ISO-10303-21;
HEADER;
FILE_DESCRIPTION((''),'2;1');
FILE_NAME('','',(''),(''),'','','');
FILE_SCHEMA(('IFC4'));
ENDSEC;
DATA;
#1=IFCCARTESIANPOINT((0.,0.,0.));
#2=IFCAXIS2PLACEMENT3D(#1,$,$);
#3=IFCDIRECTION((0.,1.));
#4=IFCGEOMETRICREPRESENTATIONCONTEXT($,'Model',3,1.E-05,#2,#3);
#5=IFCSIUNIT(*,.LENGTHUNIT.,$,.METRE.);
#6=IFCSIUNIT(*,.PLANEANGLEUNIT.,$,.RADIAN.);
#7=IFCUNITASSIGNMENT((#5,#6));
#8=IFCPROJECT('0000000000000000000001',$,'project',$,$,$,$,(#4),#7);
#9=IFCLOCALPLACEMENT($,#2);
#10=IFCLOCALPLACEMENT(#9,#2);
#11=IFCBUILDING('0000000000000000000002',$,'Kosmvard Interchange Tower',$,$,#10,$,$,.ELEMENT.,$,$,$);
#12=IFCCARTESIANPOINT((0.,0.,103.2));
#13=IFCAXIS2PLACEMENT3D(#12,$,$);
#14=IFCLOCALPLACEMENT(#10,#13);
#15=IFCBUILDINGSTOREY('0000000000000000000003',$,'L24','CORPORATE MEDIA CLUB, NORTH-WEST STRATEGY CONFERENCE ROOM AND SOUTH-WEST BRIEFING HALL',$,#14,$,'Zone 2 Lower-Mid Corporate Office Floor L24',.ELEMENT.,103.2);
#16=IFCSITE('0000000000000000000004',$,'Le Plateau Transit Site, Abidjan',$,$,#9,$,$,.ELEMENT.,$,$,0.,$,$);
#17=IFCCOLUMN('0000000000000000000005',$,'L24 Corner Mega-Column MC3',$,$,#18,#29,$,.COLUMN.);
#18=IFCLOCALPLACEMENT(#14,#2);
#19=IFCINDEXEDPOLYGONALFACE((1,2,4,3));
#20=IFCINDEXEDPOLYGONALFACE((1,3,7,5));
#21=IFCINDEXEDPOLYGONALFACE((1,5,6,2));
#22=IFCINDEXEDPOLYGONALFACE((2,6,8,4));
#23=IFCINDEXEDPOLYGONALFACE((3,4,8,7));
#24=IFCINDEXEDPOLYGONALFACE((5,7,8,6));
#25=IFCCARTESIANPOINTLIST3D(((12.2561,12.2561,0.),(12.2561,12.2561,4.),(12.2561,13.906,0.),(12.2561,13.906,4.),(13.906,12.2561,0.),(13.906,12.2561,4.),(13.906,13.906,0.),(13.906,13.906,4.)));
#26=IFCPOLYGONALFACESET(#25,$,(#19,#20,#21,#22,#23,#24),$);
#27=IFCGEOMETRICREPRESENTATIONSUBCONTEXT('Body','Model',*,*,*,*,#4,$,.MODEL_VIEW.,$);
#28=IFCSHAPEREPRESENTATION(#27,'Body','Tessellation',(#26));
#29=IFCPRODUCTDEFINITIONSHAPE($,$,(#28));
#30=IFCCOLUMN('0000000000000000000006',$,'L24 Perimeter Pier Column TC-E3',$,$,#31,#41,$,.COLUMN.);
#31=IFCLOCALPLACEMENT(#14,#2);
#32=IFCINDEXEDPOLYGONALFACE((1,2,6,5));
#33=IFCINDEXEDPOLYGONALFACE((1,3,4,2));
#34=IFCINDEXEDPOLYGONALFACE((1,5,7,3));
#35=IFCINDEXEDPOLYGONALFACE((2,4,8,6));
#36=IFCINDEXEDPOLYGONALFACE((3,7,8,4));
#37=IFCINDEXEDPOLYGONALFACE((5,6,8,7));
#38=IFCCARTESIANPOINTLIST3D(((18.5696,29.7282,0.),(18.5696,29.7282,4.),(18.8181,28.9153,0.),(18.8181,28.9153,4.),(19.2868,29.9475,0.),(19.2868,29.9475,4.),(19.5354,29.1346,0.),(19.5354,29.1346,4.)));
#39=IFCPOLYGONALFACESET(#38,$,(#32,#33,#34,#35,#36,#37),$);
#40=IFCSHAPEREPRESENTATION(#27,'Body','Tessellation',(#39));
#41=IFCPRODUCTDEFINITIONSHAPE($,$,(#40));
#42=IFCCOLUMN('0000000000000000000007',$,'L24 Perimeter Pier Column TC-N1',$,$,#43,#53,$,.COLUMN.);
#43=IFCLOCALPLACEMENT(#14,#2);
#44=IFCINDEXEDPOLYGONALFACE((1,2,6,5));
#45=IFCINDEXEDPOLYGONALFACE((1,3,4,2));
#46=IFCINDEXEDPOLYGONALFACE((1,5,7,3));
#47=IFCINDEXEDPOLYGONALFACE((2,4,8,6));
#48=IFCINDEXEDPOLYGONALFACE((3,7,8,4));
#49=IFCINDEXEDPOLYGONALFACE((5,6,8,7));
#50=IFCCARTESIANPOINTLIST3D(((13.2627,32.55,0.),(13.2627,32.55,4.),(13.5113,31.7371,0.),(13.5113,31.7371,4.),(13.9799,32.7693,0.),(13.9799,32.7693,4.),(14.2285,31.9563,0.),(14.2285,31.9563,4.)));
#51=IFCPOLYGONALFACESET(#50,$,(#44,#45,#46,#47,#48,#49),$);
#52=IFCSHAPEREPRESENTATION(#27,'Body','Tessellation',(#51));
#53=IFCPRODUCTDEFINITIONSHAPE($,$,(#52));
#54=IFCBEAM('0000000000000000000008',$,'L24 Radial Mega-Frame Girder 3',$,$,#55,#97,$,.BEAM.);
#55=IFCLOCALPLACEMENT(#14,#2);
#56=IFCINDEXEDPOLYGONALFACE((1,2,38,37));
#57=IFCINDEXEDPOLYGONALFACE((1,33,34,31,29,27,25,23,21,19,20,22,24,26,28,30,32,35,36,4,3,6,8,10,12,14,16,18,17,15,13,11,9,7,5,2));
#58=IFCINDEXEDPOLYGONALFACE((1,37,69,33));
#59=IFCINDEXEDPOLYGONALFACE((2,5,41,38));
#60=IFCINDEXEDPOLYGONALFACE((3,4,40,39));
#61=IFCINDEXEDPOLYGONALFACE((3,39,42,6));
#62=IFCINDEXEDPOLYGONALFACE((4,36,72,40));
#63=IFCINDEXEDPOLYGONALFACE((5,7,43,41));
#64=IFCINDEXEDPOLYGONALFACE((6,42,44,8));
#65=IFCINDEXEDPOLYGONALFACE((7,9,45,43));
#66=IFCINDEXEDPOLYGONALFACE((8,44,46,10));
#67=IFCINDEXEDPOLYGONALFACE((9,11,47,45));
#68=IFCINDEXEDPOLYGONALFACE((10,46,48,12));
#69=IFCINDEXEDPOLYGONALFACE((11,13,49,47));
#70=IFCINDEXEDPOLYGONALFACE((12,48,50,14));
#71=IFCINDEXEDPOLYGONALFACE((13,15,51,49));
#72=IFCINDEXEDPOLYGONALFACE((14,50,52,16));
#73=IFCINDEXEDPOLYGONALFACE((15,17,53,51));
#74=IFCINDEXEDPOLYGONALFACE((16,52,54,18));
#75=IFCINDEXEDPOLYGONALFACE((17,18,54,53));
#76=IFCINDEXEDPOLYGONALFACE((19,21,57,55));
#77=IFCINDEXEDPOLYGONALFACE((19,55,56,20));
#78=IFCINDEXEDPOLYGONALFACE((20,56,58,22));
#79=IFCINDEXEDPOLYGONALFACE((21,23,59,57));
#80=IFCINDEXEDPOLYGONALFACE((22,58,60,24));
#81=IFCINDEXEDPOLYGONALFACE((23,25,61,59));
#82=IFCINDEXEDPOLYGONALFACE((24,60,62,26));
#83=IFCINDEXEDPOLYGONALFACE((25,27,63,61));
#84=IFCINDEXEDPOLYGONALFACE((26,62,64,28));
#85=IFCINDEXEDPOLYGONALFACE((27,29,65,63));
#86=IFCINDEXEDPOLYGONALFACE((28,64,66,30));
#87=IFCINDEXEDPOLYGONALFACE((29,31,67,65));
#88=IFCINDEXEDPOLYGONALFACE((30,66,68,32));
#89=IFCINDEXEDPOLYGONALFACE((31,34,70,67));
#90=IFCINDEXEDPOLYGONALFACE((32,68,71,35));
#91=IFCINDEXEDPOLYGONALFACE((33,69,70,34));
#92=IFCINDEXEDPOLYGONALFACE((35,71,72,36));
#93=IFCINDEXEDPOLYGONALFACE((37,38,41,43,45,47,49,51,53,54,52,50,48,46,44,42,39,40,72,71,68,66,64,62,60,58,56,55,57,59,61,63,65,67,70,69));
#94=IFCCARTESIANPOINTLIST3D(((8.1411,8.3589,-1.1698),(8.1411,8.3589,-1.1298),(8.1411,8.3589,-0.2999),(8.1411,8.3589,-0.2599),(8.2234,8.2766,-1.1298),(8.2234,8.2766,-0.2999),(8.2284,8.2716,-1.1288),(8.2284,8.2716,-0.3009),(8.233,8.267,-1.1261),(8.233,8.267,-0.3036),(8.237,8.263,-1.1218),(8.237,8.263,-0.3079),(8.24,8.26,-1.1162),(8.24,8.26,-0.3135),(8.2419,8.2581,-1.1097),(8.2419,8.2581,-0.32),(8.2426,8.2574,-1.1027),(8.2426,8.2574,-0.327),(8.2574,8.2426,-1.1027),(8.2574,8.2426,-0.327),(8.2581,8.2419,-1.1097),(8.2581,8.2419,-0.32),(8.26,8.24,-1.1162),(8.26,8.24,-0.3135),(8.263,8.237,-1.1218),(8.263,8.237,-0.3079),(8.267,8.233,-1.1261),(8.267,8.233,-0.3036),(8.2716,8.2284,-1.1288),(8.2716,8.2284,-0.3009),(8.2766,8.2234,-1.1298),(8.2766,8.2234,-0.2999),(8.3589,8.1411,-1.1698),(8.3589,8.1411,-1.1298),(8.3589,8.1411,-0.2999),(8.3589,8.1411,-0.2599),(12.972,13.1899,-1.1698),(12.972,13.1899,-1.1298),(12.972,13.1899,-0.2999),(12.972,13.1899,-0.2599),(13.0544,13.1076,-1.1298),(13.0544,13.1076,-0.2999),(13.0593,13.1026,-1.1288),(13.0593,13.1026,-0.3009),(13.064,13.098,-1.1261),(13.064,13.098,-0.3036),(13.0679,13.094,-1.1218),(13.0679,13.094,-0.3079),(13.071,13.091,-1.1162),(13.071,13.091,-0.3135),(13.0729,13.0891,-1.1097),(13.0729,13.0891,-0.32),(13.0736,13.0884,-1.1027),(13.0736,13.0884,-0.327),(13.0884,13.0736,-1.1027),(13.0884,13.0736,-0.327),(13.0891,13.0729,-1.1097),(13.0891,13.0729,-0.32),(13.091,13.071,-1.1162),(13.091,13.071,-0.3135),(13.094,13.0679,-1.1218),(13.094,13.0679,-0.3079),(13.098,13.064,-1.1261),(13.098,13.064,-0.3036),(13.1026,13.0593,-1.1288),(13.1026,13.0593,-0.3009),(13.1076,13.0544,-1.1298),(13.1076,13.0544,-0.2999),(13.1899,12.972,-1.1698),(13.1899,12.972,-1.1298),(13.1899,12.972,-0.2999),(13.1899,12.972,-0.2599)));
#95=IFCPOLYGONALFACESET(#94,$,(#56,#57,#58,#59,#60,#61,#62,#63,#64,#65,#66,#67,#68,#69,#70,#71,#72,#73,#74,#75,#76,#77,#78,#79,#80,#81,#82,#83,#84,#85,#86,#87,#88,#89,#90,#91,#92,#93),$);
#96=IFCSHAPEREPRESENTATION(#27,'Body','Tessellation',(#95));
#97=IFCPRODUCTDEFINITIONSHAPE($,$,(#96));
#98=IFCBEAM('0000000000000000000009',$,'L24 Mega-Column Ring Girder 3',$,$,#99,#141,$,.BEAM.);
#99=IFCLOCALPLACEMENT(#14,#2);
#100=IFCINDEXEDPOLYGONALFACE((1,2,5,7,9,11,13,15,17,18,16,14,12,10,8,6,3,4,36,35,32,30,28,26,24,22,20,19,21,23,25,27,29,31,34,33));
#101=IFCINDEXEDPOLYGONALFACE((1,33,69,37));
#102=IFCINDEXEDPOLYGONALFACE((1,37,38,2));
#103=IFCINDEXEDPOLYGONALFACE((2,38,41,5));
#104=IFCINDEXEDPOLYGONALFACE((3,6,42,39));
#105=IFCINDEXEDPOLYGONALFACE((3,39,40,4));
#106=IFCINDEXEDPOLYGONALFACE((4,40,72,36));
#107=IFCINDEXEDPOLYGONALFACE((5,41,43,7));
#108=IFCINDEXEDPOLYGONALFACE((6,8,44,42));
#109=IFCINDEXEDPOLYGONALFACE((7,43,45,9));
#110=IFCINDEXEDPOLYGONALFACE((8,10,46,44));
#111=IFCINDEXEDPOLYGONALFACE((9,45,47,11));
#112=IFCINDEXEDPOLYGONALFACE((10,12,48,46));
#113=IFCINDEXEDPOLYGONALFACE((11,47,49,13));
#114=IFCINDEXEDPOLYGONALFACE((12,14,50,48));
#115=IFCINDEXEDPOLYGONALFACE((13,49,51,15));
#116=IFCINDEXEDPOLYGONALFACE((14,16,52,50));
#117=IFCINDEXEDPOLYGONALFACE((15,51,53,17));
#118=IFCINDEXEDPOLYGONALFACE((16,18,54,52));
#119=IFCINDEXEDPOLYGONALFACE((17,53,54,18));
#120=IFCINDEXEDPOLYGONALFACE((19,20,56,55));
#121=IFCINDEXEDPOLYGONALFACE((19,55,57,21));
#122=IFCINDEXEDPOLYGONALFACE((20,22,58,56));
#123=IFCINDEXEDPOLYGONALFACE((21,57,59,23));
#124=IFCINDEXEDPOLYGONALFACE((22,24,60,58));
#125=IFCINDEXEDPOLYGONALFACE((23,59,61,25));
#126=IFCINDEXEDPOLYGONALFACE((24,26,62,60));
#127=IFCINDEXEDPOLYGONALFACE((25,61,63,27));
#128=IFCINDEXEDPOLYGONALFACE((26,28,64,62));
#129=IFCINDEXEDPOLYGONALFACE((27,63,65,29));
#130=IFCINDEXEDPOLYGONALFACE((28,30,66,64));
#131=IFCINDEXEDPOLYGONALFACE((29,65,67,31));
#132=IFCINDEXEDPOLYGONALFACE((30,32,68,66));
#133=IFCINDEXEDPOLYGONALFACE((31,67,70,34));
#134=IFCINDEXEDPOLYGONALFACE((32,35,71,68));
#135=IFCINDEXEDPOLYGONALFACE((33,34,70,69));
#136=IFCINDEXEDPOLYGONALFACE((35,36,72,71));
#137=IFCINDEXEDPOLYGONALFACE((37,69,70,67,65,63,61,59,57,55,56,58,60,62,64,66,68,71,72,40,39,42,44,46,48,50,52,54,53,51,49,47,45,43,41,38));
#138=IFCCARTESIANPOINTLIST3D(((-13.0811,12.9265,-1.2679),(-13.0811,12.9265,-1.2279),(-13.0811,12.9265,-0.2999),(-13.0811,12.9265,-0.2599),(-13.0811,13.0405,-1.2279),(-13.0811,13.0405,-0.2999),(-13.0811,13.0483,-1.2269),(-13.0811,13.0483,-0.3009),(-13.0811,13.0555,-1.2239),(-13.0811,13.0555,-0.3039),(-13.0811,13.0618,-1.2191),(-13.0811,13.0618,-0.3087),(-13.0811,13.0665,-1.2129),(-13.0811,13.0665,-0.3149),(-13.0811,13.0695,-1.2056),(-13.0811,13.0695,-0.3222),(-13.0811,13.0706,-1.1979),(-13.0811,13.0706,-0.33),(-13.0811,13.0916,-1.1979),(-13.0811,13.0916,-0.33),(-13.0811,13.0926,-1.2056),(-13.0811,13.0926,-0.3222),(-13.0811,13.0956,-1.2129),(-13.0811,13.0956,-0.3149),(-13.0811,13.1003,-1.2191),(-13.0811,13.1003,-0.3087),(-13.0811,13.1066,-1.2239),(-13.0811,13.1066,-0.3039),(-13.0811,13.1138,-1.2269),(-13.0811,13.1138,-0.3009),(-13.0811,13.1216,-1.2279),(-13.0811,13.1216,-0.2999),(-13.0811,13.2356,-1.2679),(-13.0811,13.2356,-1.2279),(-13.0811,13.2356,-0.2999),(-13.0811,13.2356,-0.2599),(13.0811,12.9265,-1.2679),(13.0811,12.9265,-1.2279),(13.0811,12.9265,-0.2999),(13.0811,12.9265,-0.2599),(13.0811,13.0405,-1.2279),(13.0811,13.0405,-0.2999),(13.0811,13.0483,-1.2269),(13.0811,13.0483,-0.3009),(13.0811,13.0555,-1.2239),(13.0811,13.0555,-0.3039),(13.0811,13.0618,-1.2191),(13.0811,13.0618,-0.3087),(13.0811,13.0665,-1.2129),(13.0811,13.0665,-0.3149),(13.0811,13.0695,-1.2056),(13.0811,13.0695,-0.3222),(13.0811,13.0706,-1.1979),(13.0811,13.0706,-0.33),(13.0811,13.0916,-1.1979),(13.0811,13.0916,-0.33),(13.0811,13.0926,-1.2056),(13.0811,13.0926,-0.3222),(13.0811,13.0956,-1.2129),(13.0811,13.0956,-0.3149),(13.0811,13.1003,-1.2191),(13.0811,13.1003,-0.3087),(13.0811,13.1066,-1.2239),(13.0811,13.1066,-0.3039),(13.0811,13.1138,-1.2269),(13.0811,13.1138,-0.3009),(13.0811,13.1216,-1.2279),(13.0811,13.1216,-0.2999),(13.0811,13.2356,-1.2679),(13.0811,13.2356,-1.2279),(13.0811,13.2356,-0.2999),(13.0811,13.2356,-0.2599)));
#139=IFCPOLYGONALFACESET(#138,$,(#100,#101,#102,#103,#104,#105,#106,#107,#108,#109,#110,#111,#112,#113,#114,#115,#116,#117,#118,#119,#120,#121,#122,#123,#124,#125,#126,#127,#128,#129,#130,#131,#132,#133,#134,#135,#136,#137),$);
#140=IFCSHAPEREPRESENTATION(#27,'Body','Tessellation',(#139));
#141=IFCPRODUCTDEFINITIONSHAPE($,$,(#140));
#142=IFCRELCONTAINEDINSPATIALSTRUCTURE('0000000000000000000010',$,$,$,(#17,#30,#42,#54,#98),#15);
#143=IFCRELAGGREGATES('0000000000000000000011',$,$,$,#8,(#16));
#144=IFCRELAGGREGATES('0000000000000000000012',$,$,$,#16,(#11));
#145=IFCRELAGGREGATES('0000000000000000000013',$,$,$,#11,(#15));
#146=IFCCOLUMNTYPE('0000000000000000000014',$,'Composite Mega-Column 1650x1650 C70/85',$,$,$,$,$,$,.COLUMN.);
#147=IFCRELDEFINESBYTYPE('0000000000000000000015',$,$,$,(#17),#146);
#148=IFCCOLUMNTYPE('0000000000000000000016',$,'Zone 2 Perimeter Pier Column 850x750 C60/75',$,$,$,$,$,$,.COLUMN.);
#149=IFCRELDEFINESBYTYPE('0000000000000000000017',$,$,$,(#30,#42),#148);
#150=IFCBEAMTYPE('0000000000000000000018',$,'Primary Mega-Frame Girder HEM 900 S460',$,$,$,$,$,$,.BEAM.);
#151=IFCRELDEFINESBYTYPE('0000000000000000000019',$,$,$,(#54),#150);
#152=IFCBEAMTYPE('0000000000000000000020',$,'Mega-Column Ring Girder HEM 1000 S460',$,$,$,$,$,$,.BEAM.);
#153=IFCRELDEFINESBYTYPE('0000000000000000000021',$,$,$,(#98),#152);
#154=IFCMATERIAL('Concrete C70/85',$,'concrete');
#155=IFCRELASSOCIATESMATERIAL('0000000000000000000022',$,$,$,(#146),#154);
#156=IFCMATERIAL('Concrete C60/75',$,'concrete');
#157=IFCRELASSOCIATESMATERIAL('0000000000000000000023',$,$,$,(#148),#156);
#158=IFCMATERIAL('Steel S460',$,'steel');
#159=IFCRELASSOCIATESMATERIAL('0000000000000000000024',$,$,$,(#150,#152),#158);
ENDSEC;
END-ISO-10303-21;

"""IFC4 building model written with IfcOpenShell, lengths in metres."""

from ifc_helpers import new_model, si_unit, direction, frame, origin, origin_2d, place, context, subcontext, project, spatial, rectangle, i_section, extrude, source, transform, mapped, material, material_profile, profile_set, type_object, element, save


model = new_model("IFC4")

# Units and contexts
model_context = context("Model", 3, precision=1e-05, world=origin(), true_north=direction((0.0, 1.0)))
body_context = subcontext(model_context, "Body", "Model", "MODEL_VIEW")
ifc_project = project(units=[si_unit("LENGTHUNIT", "METRE"), si_unit("PLANEANGLEUNIT", "RADIAN")], contexts=[model_context])

# Site, building, storey
site_placement = place(None, origin())
site = spatial("IfcSite", under=ifc_project, at=site_placement, Name="Le Plateau Transit Site, Abidjan", CompositionType="ELEMENT", RefElevation=0.0)
building_placement = place(site_placement, origin())
building = spatial("IfcBuilding", under=site, at=building_placement, Name="Kosmvard Interchange Tower", CompositionType="ELEMENT")
storey_placement = place(building_placement, frame((0.0, 0.0, 103.2)))
storey = spatial("IfcBuildingStorey", under=building, at=storey_placement, Name="L24", Description="CORPORATE MEDIA CLUB, NORTH-WEST STRATEGY CONFERENCE ROOM AND SOUTH-WEST BRIEFING HALL", LongName="Zone 2 Lower-Mid Corporate Office Floor L24", CompositionType="ELEMENT", Elevation=103.2)

# Columns
ifc_material_1 = material(Name="Concrete C70/85", Category="concrete")
ifc_material_profile_1 = material_profile(ifc_material_1, rectangle(XDim=1.6499, YDim=1.6499, at=origin_2d()), Name="MC 1650x1650")
ifc_profile_set_1 = profile_set([ifc_material_profile_1], Name="Concrete C70/85")
column_type_1 = type_object("IfcColumnType", Name="Composite Mega-Column 1650x1650 C70/85", PredefinedType="COLUMN", material=ifc_profile_set_1)
shared_shape_1 = source(origin(), body_context, "Body", "SweptSolid", [
    extrude(rectangle(XDim=1.6499, YDim=1.6499, at=origin_2d()), origin(), (0.0, 0.0, 1.0), 4.0),
])
column_placement = place(storey_placement, frame((13.0811, 13.0811, 0.0), z_axis=(0.0, 0.0, 1.0), x_axis=(1.0, 0.0, 0.0)))
element("IfcColumn", 1, at=column_placement, inside=storey, type_object=column_type_1, Name="L24 Corner Mega-Column MC3", PredefinedType="COLUMN", context=body_context, shape_type="MappedRepresentation", body=[
    mapped(shared_shape_1, transform((0.0, 0.0, 0.0), scale=1.0)),
])
ifc_material_2 = material(Name="Concrete C60/75", Category="concrete")
ifc_material_profile_2 = material_profile(ifc_material_2, rectangle(XDim=0.75, YDim=0.8501, at=origin_2d()), Name="TC 850x750")
ifc_profile_set_2 = profile_set([ifc_material_profile_2], Name="Concrete C60/75")
column_type_2 = type_object("IfcColumnType", Name="Zone 2 Perimeter Pier Column 850x750 C60/75", PredefinedType="COLUMN", material=ifc_profile_set_2)
shared_shape_2 = source(origin(), body_context, "Body", "SweptSolid", [
    extrude(rectangle(XDim=0.75, YDim=0.8501, at=origin_2d()), origin(), (0.0, 0.0, 1.0), 4.0),
])
for number, where, z_axis, x_axis, name in (
    (2, (19.0525, 29.4314, 0.0), (0.0, 0.0, 1.0), (0.956305, 0.292372, 0.0), "L24 Perimeter Pier Column TC-E3"),
    (3, (13.7456, 32.2532, 0.0), (0.0, 0.0, 1.0), (0.956305, 0.292372, 0.0), "L24 Perimeter Pier Column TC-N1"),
):
    element("IfcColumn", number, at=place(storey_placement, frame(where, z_axis=z_axis, x_axis=x_axis)), inside=storey, type_object=column_type_2, Name=name, PredefinedType="COLUMN", context=body_context, shape_type="MappedRepresentation", body=[
        mapped(shared_shape_2, transform((0.0, 0.0, 0.0), scale=1.0)),
    ])

# Beams
ifc_material_3 = material(Name="Steel S460", Category="steel")
ifc_material_profile_3 = material_profile(ifc_material_3, i_section(OverallWidth=0.3081, OverallDepth=0.9099, WebThickness=0.021, FlangeThickness=0.04, FilletRadius=0.0271, at=origin_2d()), Name="HEM 900")
ifc_profile_set_3 = profile_set([ifc_material_profile_3], Name="Steel S460")
beam_type_1 = type_object("IfcBeamType", Name="Primary Mega-Frame Girder HEM 900 S460", PredefinedType="BEAM", material=ifc_profile_set_3)
shared_shape_3 = source(origin(), body_context, "Body", "SweptSolid", [
    extrude(i_section(OverallWidth=0.3081, OverallDepth=0.9099, WebThickness=0.021, FlangeThickness=0.04, FilletRadius=0.0271, at=origin_2d()), origin(), (0.0, 0.0, 1.0), 6.832),
])
beam_1_placement = place(storey_placement, frame((8.25, 8.25, -0.7148), z_axis=(0.707107, 0.707107, 0.0), x_axis=(-0.707107, 0.707107, 0.0)))
element("IfcBeam", 4, at=beam_1_placement, inside=storey, type_object=beam_type_1, Name="L24 Radial Mega-Frame Girder 3", PredefinedType="BEAM", context=body_context, shape_type="MappedRepresentation", body=[
    mapped(shared_shape_3, transform((0.0, 0.0, 0.0), scale=1.0)),
])
ifc_material_profile_4 = material_profile(ifc_material_3, i_section(OverallWidth=0.3091, OverallDepth=1.0081, WebThickness=0.021, FlangeThickness=0.04, FilletRadius=0.03, at=origin_2d()), Name="HEM 1000")
ifc_profile_set_4 = profile_set([ifc_material_profile_4], Name="Steel S460")
beam_type_2 = type_object("IfcBeamType", Name="Mega-Column Ring Girder HEM 1000 S460", PredefinedType="BEAM", material=ifc_profile_set_4)
shared_shape_4 = source(origin(), body_context, "Body", "SweptSolid", [
    extrude(i_section(OverallWidth=0.3091, OverallDepth=1.0081, WebThickness=0.021, FlangeThickness=0.04, FilletRadius=0.03, at=origin_2d()), origin(), (0.0, 0.0, 1.0), 26.1621),
])
beam_2_placement = place(storey_placement, frame((13.0811, 13.0811, -0.7639), z_axis=(-1.0, 0.0, 0.0), x_axis=(0.0, -1.0, 0.0)))
element("IfcBeam", 5, at=beam_2_placement, inside=storey, type_object=beam_type_2, Name="L24 Mega-Column Ring Girder 3", PredefinedType="BEAM", context=body_context, shape_type="MappedRepresentation", body=[
    mapped(shared_shape_4, transform((0.0, 0.0, 0.0), scale=1.0)),
])

save(model, "model.ifc")
